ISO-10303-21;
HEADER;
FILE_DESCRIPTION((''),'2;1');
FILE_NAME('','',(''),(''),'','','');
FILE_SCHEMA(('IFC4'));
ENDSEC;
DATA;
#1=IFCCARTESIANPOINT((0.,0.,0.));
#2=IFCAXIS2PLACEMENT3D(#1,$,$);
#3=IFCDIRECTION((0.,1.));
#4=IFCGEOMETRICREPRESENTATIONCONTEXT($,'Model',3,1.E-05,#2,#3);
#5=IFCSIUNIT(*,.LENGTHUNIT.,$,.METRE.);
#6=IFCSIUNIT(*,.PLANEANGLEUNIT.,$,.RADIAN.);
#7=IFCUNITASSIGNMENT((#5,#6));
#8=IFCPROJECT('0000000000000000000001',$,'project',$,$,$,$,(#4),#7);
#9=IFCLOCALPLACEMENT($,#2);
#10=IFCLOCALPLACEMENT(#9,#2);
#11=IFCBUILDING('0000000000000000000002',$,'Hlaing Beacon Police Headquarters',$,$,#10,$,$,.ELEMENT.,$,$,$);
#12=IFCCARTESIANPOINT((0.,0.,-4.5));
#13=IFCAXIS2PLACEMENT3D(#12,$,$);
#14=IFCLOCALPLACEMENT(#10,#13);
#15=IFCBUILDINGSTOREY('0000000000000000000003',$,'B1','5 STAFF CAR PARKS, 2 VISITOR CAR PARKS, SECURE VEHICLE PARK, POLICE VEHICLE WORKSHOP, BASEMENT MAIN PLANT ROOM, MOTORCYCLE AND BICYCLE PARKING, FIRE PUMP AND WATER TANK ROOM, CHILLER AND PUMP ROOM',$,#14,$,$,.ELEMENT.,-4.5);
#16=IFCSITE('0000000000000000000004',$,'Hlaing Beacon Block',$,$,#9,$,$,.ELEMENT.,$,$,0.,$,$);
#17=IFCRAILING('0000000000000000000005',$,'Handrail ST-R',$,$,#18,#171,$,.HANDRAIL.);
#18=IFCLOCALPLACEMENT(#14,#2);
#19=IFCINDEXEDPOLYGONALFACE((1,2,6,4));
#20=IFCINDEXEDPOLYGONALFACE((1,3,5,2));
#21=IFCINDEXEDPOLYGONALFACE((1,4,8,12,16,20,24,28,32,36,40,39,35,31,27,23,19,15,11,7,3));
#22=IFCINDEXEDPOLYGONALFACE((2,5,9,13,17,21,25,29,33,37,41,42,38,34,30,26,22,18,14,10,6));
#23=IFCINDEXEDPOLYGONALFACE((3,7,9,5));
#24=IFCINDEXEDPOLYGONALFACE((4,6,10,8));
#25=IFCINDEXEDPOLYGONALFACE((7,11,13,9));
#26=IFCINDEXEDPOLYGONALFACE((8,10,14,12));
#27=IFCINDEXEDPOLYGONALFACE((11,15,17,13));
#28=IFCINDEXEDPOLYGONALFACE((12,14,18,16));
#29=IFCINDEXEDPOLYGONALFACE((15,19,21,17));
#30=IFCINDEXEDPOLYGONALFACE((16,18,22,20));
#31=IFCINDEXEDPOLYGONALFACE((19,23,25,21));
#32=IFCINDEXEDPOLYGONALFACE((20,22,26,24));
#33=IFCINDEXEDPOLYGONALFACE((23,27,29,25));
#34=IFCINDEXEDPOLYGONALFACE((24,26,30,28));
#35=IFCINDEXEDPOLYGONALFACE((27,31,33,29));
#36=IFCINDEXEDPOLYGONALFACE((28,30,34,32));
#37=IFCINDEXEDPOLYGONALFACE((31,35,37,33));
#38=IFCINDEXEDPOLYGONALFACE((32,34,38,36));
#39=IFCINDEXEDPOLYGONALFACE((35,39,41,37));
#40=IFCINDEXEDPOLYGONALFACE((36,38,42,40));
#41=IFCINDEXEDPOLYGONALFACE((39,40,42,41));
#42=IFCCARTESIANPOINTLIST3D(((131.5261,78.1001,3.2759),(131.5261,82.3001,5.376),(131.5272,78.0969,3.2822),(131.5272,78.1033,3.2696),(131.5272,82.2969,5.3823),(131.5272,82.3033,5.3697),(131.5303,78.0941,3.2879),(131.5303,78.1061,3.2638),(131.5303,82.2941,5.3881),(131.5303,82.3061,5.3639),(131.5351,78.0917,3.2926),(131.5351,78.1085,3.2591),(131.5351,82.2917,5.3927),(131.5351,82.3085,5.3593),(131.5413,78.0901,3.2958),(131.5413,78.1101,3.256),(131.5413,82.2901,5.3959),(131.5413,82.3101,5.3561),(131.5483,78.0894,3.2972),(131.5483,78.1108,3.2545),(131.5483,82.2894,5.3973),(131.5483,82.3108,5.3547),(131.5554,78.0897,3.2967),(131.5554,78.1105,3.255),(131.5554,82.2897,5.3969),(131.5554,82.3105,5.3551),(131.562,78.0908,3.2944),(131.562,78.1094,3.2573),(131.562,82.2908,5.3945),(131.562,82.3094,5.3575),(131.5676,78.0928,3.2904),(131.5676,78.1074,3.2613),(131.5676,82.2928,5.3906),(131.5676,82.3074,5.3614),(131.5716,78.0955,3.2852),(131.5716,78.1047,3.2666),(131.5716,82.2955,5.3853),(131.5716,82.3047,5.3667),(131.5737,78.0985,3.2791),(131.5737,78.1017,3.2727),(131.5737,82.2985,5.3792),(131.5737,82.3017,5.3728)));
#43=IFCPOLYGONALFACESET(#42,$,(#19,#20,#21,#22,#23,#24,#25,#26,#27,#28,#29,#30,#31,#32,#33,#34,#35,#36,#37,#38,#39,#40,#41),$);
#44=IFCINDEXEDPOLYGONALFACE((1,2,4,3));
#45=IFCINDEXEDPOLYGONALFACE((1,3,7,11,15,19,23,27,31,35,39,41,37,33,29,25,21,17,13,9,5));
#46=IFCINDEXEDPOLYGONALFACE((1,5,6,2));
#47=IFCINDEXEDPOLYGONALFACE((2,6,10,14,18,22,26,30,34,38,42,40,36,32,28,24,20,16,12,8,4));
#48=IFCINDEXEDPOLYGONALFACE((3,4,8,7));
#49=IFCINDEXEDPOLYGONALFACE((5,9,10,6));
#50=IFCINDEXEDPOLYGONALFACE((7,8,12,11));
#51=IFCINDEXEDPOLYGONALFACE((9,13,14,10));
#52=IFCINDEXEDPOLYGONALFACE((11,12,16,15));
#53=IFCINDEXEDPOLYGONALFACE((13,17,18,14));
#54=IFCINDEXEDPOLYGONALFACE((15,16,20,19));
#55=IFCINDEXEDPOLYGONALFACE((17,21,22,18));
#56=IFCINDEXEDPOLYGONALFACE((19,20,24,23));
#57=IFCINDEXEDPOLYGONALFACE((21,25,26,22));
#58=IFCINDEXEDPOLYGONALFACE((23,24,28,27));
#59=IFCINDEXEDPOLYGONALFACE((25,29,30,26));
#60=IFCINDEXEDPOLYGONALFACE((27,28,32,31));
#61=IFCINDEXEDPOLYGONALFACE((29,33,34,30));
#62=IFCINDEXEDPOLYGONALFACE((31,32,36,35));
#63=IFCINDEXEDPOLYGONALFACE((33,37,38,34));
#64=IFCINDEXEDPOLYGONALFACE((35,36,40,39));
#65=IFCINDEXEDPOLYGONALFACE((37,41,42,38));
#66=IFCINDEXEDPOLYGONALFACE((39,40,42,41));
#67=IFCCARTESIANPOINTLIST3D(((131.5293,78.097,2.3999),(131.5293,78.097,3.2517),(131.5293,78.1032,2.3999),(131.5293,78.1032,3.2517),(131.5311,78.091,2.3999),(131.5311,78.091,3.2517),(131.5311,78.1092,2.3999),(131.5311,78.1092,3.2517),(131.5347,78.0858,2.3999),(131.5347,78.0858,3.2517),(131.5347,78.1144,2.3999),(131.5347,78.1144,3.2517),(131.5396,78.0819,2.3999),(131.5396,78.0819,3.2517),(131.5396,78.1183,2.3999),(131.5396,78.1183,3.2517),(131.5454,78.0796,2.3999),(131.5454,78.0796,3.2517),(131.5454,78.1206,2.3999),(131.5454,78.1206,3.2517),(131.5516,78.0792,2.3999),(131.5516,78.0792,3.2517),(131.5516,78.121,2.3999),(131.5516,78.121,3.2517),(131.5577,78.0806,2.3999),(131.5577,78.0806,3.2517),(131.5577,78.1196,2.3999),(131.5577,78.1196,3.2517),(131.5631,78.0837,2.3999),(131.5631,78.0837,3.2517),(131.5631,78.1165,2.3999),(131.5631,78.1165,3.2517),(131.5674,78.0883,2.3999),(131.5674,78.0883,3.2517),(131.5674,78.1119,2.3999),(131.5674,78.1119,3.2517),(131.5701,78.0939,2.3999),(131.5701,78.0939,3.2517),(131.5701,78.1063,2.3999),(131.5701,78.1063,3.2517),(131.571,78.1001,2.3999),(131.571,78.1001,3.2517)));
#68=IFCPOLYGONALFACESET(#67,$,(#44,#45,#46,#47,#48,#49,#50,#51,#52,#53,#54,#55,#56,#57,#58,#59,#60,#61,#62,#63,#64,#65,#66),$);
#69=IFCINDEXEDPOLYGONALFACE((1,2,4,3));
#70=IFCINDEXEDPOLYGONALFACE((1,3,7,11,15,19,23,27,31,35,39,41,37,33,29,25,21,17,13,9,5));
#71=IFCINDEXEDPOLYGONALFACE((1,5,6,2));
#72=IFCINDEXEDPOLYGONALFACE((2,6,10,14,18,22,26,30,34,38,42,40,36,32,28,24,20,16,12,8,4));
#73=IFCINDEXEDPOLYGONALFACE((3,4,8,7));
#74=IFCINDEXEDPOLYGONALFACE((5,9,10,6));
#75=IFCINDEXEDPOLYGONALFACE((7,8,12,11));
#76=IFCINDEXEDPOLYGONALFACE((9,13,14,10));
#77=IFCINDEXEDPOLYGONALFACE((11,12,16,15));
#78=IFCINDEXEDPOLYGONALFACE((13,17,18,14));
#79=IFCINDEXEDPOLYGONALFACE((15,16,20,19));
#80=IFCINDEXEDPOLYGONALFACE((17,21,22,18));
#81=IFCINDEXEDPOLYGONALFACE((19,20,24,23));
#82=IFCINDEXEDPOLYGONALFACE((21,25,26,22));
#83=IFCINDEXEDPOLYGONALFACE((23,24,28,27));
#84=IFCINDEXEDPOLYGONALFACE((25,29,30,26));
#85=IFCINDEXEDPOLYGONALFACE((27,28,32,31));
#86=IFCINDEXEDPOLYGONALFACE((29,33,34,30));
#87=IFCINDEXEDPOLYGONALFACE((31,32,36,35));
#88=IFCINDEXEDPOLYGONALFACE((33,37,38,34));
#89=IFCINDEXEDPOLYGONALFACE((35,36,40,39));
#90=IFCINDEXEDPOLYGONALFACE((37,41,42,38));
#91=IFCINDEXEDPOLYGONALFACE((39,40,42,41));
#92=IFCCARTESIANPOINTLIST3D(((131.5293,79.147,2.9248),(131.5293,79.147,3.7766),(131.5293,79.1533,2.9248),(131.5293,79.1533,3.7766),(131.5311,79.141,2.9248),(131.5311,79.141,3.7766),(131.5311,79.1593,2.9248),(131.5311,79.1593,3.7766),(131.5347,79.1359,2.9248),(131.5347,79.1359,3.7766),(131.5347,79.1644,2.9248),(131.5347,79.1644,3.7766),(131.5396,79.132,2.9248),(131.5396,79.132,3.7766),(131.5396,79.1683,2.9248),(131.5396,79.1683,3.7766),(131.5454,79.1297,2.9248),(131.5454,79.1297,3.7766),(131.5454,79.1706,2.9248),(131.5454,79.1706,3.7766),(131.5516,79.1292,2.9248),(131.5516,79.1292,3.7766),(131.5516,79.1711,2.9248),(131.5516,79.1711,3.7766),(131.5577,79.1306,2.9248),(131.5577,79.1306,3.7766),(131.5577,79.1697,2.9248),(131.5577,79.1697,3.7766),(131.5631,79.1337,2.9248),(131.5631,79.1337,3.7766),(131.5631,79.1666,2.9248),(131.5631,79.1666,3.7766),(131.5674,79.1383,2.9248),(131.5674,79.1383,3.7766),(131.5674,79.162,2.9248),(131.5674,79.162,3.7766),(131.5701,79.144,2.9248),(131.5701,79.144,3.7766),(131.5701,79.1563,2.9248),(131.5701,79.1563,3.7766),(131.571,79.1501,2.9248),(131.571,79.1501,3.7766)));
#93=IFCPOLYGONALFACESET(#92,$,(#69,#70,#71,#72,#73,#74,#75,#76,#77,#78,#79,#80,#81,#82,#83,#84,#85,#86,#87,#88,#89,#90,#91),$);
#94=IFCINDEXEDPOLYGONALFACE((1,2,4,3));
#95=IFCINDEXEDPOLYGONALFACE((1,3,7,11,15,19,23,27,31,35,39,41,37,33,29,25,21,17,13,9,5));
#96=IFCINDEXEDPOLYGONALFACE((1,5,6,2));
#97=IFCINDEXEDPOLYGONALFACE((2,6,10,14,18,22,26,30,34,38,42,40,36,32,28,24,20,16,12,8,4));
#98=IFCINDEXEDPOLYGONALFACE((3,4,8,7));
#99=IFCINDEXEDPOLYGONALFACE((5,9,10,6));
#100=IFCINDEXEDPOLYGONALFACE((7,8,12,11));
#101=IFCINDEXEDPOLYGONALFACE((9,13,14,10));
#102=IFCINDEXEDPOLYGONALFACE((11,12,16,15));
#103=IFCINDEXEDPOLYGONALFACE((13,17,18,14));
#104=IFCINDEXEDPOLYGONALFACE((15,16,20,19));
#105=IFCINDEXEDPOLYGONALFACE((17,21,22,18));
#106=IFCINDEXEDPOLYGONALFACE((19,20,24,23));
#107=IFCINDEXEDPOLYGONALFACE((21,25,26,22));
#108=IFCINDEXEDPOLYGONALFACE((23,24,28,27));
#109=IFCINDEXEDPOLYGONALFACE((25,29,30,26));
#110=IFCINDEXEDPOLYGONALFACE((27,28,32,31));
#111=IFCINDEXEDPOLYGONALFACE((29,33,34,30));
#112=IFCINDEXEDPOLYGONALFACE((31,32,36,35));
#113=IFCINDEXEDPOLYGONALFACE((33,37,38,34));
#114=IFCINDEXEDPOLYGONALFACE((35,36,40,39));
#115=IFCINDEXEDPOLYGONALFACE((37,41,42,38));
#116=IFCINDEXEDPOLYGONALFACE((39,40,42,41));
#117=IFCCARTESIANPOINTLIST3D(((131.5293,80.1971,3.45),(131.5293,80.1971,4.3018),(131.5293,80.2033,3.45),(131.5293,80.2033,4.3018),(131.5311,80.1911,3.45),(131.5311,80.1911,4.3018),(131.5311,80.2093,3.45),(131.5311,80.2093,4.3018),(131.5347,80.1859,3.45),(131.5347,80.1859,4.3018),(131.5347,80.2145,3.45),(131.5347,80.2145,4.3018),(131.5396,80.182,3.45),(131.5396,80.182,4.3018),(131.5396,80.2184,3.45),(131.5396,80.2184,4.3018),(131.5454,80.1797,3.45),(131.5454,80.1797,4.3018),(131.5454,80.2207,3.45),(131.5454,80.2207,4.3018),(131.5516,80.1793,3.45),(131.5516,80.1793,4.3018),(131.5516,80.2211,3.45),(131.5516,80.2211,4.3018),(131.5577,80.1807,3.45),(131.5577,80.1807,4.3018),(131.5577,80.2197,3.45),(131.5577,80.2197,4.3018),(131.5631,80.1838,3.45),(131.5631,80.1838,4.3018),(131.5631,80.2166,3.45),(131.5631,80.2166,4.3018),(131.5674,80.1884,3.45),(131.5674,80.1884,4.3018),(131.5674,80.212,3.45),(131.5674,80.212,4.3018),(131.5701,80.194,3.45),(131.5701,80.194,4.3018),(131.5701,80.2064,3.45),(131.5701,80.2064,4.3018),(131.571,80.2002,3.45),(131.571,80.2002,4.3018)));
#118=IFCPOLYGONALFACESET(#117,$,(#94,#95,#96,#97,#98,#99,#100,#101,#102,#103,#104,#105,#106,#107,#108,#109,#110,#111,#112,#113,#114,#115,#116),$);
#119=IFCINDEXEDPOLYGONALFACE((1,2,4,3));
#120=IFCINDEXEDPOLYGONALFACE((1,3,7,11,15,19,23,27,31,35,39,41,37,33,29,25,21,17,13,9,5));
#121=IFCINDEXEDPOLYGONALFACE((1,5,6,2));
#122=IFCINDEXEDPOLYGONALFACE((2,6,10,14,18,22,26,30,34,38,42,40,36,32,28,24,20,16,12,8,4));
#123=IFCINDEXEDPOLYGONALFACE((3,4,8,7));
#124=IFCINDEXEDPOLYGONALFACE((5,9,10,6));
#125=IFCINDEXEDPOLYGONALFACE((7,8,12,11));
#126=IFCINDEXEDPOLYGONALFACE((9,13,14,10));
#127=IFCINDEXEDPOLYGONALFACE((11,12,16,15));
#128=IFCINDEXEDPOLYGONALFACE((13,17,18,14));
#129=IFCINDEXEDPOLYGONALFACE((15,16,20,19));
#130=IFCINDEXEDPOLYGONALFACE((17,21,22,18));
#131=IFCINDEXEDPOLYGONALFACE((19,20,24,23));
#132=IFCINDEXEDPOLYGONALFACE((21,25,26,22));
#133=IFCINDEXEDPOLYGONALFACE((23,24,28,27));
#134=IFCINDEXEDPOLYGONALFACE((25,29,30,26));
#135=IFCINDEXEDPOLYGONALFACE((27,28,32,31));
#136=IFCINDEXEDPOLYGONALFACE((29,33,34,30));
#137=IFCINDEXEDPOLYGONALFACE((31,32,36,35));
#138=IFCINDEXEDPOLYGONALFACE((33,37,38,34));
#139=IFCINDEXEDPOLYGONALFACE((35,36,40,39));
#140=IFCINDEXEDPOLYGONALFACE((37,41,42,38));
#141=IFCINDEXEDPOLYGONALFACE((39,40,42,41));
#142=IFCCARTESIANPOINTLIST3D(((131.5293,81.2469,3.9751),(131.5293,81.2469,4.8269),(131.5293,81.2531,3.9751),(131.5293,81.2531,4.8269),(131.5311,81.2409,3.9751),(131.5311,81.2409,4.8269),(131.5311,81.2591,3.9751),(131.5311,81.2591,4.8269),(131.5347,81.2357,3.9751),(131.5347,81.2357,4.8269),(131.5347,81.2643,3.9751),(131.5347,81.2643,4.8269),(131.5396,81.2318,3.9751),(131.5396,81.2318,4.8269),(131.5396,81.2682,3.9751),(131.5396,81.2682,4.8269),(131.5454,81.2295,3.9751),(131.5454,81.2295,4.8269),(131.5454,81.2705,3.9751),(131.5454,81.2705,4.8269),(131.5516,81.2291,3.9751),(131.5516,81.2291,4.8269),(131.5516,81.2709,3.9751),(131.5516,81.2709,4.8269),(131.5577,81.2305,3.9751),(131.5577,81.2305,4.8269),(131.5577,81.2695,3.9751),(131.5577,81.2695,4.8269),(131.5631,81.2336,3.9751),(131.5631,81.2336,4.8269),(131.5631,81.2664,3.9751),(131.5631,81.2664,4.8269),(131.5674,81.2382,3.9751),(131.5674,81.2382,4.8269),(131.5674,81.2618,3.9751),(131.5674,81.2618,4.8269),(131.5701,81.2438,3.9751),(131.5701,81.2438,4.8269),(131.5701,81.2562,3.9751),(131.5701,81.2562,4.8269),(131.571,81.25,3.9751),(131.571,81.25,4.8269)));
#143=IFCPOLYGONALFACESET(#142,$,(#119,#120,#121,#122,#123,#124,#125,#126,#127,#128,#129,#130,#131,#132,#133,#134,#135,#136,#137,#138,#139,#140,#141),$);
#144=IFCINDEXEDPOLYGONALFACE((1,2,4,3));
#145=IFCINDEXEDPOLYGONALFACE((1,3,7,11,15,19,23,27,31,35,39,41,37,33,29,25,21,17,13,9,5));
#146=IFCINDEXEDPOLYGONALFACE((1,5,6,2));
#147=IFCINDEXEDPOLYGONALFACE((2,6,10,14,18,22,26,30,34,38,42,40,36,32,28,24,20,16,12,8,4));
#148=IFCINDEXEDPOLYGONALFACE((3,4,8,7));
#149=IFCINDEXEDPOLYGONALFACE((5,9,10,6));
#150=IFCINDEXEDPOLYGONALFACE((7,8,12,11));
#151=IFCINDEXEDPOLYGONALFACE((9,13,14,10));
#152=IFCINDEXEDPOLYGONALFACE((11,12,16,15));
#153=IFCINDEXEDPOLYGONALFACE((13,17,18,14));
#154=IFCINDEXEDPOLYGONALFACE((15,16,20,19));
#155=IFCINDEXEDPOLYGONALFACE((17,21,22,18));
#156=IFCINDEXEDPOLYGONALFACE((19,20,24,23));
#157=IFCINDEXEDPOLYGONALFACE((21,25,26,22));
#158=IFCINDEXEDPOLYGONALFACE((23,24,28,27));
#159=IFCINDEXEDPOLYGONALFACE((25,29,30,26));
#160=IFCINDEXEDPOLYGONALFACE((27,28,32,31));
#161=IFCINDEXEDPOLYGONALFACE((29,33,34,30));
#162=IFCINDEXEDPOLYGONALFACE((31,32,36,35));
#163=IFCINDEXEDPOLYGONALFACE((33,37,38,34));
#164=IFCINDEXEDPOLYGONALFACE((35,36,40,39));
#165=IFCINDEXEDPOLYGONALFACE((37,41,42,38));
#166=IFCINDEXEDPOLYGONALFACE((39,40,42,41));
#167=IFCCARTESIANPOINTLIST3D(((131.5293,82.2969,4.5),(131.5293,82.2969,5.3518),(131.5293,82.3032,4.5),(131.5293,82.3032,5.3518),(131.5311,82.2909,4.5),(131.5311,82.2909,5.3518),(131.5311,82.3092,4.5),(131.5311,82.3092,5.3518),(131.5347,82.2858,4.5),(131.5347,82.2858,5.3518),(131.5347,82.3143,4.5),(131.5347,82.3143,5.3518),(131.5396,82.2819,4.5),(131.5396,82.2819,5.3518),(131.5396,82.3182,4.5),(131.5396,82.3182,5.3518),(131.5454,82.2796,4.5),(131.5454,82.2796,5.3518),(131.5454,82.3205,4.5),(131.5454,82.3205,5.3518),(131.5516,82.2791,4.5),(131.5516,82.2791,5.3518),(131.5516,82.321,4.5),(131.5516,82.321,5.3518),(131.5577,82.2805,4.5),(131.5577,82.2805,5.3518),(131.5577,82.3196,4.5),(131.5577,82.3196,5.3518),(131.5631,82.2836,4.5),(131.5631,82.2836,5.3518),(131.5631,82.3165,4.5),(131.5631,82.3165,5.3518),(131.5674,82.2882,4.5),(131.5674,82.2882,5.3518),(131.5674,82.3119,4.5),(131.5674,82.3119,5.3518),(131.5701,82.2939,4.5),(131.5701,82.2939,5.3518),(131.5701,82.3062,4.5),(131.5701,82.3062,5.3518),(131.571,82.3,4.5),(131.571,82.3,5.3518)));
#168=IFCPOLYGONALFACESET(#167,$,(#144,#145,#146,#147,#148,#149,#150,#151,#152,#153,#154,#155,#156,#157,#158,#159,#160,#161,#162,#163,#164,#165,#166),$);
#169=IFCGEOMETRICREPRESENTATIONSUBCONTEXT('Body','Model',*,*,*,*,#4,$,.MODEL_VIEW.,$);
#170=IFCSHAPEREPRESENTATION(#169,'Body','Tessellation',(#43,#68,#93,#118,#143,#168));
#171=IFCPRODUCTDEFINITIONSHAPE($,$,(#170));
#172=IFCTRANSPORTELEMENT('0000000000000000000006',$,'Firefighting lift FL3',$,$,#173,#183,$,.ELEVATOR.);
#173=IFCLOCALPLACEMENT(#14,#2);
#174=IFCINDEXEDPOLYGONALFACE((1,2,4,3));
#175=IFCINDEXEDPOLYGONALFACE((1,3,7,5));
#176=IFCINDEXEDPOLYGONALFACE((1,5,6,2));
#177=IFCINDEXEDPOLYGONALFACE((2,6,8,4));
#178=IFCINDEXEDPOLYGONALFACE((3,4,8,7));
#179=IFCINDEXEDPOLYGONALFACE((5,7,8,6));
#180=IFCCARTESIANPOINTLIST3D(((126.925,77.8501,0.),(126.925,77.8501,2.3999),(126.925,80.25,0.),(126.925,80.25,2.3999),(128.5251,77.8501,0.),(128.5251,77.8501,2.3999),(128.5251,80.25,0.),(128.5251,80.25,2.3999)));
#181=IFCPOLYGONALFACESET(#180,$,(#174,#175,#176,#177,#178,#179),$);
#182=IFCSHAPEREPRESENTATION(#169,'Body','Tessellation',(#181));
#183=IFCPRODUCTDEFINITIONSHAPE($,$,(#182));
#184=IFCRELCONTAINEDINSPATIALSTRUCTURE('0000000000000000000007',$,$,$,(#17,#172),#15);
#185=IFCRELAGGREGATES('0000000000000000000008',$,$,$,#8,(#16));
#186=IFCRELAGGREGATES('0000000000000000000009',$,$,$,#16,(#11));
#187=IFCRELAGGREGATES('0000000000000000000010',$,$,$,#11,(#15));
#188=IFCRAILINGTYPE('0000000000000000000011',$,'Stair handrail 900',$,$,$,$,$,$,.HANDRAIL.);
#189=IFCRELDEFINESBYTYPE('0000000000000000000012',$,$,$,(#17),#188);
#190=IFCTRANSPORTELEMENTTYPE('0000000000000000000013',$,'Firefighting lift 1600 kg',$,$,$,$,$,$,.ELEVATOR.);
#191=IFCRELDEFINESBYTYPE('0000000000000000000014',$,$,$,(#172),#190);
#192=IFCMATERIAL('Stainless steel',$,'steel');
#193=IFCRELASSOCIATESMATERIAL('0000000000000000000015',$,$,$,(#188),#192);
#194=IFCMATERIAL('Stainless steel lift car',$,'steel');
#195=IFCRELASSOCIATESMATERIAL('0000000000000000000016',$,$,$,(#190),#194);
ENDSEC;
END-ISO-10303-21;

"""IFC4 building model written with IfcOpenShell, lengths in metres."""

from ifc_helpers import new_model, si_unit, direction, frame, origin, origin_2d, place, context, subcontext, project, spatial, rectangle, circle, extrude, material, type_object, element, save


model = new_model("IFC4")

# Units and contexts
model_context = context("Model", 3, precision=1e-05, world=origin(), true_north=direction((0.0, 1.0)))
body_context = subcontext(model_context, "Body", "Model", "MODEL_VIEW")
ifc_project = project(units=[si_unit("LENGTHUNIT", "METRE"), si_unit("PLANEANGLEUNIT", "RADIAN")], contexts=[model_context])

# Site, building, storey
site_placement = place(None, origin())
site = spatial("IfcSite", under=ifc_project, at=site_placement, Name="Hlaing Beacon Block", CompositionType="ELEMENT", RefElevation=0.0)
building_placement = place(site_placement, origin())
building = spatial("IfcBuilding", under=site, at=building_placement, Name="Hlaing Beacon Police Headquarters", CompositionType="ELEMENT")
storey_placement = place(building_placement, frame((0.0, 0.0, -4.5)))
storey = spatial("IfcBuildingStorey", under=building, at=storey_placement, Name="B1", Description="5 STAFF CAR PARKS, 2 VISITOR CAR PARKS, SECURE VEHICLE PARK, POLICE VEHICLE WORKSHOP, BASEMENT MAIN PLANT ROOM, MOTORCYCLE AND BICYCLE PARKING, FIRE PUMP AND WATER TANK ROOM, CHILLER AND PUMP ROOM", CompositionType="ELEMENT", Elevation=-4.5)

# Railing
ifc_material_1 = material(Name="Stainless steel", Category="steel")
railing_type = type_object("IfcRailingType", Name="Stair handrail 900", PredefinedType="HANDRAIL", material=ifc_material_1)
for number, where, name in (
    (1, (131.55, 78.1001, 2.3999), "Handrail ST-R"),
):
    element("IfcRailing", number, at=place(storey_placement, frame(where)), inside=storey, type_object=railing_type, Name=name, PredefinedType="HANDRAIL", context=body_context, shape_type="SweptSolid", body=[
        extrude(circle(Radius=0.0239, at=origin_2d()), frame((0.0, 0.0, 0.876), z_axis=(0.0, 0.894417, 0.447234), x_axis=(-1.0, 0.0, 0.0)), (0.0, 0.0, 1.0), 4.6958),
        extrude(circle(Radius=0.021, at=origin_2d()), origin(), (0.0, 0.0, 1.0), 0.8518),
        extrude(circle(Radius=0.021, at=origin_2d()), frame((0.0, 1.05, 0.5249)), (0.0, 0.0, 1.0), 0.8518),
        extrude(circle(Radius=0.021, at=origin_2d()), frame((0.0, 2.1001, 1.05)), (0.0, 0.0, 1.0), 0.8518),
        extrude(circle(Radius=0.021, at=origin_2d()), frame((0.0, 3.1499, 1.5752)), (0.0, 0.0, 1.0), 0.8518),
        extrude(circle(Radius=0.021, at=origin_2d()), frame((0.0, 4.2, 2.1001)), (0.0, 0.0, 1.0), 0.8518),
    ])

# Transport element
ifc_material_2 = material(Name="Stainless steel lift car", Category="steel")
transport_element_type = type_object("IfcTransportElementType", Name="Firefighting lift 1600 kg", PredefinedType="ELEVATOR", material=ifc_material_2)
transport_element_placement = place(storey_placement, frame((127.7251, 79.05, 0.0), z_axis=(0.0, 0.0, 1.0), x_axis=(1.0, 0.0, 0.0)))
element("IfcTransportElement", 2, at=transport_element_placement, inside=storey, type_object=transport_element_type, Name="Firefighting lift FL3", PredefinedType="ELEVATOR", context=body_context, shape_type="SweptSolid", body=[
    extrude(rectangle(XDim=1.6001, YDim=2.3999, at=origin_2d()), origin(), (0.0, 0.0, 1.0), 2.3999),
])

save(model, "model.ifc")
